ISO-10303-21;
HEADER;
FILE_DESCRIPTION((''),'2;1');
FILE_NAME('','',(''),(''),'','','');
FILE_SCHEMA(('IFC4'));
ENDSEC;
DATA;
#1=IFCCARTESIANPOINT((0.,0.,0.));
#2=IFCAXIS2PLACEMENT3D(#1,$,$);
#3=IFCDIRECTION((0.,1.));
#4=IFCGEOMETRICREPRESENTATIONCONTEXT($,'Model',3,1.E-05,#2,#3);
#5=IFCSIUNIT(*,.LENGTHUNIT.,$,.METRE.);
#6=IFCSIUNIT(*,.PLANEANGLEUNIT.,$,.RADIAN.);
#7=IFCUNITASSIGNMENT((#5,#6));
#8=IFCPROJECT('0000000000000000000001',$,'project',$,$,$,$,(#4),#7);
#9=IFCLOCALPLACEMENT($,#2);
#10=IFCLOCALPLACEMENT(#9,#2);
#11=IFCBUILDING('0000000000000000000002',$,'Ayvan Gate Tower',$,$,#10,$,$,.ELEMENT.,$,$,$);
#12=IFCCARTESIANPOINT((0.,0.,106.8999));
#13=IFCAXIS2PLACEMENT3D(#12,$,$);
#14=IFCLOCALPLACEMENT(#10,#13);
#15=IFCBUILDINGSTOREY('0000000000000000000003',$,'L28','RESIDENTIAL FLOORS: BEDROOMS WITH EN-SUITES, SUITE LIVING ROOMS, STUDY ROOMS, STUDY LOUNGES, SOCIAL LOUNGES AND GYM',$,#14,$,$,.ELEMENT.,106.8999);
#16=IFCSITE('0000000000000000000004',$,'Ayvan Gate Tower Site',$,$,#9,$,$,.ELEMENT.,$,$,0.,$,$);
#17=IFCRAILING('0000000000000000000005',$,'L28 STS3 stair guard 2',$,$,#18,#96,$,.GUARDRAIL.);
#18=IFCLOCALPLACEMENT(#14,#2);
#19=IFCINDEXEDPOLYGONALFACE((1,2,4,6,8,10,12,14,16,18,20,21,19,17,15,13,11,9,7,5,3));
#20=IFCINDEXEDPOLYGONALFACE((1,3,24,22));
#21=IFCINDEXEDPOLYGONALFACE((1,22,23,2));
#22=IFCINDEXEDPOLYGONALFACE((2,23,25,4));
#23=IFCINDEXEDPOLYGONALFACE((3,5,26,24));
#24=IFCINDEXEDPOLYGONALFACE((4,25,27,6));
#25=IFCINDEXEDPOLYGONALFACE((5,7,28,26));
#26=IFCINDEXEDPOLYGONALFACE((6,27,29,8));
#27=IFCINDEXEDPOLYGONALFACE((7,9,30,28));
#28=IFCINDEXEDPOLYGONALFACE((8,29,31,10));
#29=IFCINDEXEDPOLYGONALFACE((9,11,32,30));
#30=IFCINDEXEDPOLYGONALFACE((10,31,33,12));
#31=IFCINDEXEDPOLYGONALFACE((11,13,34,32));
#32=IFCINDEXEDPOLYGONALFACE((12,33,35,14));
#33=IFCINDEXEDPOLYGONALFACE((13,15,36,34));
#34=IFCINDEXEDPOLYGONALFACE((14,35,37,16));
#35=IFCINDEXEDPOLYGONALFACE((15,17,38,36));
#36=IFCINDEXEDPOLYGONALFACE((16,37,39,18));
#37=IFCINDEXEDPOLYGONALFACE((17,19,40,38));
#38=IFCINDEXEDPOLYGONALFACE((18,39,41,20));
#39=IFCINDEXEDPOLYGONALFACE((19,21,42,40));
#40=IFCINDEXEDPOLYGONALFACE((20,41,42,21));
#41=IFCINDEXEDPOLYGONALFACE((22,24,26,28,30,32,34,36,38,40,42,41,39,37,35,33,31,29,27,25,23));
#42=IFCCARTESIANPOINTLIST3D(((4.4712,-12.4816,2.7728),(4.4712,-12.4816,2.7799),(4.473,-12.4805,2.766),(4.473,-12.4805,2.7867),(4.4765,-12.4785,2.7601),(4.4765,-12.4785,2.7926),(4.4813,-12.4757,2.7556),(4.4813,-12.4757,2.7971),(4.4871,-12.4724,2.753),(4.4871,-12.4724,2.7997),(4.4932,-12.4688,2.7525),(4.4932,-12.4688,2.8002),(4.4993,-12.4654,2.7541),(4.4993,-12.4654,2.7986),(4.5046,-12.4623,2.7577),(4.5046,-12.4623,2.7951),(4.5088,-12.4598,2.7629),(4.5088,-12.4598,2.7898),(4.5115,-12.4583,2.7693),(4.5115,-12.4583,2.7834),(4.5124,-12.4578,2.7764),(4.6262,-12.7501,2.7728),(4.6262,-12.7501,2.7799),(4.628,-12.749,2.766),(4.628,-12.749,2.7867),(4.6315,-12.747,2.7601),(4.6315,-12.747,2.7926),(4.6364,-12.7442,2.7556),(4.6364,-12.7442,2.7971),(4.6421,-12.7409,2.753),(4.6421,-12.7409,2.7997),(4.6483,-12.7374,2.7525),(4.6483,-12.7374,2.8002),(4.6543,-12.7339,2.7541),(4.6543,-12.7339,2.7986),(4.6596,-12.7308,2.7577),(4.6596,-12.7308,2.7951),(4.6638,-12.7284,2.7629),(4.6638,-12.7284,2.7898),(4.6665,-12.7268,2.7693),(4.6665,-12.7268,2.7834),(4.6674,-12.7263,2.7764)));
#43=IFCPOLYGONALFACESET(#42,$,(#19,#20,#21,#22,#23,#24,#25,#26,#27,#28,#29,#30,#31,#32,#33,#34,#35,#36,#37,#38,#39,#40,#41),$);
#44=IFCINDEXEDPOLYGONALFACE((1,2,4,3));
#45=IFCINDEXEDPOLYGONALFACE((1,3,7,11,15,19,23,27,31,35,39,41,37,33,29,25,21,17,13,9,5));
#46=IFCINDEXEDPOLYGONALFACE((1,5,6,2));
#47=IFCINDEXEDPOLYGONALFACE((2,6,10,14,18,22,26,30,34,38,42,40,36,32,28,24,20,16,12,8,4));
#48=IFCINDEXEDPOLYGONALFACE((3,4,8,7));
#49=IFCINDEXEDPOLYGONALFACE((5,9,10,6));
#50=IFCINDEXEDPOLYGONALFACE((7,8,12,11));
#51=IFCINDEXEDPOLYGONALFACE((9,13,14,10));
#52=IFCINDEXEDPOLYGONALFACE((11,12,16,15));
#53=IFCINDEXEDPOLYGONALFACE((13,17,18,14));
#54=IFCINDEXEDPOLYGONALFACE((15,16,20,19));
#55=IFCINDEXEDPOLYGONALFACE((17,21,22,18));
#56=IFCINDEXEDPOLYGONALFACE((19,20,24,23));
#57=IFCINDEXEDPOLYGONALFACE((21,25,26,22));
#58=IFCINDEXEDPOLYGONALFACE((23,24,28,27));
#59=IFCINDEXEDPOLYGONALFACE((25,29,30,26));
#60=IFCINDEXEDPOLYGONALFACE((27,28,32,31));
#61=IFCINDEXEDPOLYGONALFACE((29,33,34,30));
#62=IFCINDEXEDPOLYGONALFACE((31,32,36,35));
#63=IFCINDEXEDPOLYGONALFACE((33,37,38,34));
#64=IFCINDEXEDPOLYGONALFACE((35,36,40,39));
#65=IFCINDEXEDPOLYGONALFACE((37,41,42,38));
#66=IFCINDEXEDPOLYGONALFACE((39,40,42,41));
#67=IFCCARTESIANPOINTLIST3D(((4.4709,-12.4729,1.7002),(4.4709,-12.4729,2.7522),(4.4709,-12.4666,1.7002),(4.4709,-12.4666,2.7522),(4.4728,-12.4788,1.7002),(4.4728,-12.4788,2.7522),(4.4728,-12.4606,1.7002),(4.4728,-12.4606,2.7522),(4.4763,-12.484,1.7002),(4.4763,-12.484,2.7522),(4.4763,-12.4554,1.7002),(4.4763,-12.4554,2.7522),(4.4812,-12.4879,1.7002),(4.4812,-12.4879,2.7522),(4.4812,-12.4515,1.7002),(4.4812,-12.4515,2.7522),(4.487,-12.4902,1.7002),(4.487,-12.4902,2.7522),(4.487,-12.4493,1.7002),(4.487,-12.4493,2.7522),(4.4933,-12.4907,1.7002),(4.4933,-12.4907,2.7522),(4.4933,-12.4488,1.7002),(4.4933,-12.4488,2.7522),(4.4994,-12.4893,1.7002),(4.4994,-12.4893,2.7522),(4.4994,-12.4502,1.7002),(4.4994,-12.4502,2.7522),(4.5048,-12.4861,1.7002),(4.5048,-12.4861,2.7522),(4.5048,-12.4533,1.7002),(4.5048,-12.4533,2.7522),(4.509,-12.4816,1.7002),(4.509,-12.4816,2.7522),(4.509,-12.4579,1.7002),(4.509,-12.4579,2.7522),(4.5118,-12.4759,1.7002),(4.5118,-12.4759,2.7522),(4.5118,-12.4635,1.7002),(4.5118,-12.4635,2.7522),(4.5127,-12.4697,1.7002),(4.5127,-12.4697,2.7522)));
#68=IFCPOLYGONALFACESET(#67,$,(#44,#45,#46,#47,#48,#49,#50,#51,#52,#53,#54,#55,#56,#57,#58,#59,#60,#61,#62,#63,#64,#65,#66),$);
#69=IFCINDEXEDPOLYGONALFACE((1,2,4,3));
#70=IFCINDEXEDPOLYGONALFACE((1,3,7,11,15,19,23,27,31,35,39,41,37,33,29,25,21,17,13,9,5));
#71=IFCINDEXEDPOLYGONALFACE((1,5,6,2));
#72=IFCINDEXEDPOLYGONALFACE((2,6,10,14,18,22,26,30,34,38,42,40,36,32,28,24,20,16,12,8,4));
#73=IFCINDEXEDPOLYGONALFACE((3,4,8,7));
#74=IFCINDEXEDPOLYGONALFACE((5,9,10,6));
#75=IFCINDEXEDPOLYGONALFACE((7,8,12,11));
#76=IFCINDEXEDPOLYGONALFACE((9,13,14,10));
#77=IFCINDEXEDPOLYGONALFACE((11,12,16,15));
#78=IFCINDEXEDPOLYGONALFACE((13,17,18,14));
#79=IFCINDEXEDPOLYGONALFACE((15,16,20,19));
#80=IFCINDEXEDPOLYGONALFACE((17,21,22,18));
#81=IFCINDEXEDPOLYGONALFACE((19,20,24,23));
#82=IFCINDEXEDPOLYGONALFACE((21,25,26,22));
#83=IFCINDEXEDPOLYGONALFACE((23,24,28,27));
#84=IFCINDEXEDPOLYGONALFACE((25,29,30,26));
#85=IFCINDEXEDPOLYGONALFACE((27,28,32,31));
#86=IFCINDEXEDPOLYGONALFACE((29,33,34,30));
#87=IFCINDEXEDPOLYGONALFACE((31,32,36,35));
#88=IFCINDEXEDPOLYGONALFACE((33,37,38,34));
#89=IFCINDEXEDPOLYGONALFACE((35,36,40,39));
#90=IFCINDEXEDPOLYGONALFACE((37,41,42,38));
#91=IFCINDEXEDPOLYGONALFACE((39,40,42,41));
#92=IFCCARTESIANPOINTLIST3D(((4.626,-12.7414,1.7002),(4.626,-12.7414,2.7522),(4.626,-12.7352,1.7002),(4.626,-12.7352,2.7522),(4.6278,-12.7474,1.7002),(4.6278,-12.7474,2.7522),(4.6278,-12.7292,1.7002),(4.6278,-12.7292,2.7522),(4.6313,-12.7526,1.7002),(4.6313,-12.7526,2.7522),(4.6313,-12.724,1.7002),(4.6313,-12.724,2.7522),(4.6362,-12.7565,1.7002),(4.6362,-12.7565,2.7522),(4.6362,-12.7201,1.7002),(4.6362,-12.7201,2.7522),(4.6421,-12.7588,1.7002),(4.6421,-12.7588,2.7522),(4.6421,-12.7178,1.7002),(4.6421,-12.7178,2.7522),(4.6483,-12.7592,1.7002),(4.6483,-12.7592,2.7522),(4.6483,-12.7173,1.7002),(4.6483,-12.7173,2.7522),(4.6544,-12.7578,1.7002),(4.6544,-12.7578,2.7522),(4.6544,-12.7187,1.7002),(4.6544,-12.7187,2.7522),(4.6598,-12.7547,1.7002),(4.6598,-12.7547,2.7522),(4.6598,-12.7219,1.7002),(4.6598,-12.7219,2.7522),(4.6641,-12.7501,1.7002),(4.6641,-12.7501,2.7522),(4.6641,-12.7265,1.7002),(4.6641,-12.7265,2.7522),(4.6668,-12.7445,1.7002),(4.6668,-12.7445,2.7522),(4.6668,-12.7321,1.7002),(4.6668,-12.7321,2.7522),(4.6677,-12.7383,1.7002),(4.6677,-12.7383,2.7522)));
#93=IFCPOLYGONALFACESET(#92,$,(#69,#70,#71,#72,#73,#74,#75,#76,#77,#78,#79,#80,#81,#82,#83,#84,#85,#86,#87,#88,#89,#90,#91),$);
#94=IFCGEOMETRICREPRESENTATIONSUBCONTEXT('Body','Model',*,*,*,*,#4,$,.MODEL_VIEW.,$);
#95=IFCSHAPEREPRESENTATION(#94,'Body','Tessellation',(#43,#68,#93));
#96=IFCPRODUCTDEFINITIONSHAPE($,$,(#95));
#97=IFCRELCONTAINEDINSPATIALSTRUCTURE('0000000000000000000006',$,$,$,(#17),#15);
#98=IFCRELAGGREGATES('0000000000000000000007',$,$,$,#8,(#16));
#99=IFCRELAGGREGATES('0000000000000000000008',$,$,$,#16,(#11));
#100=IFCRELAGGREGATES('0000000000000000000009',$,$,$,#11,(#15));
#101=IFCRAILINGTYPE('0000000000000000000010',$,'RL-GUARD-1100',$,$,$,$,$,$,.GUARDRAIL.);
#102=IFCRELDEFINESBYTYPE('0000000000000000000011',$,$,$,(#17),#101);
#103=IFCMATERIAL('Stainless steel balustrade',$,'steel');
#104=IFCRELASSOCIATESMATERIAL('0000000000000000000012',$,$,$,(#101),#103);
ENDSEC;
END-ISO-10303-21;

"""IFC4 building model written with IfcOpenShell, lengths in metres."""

from ifc_helpers import new_model, si_unit, direction, frame, origin, origin_2d, place, context, subcontext, project, spatial, circle, extrude, material, type_object, element, save


model = new_model("IFC4")

# Units and contexts
model_context = context("Model", 3, precision=1e-05, world=origin(), true_north=direction((0.0, 1.0)))
body_context = subcontext(model_context, "Body", "Model", "MODEL_VIEW")
ifc_project = project(units=[si_unit("LENGTHUNIT", "METRE"), si_unit("PLANEANGLEUNIT", "RADIAN")], contexts=[model_context])

# Site, building, storey
site_placement = place(None, origin())
site = spatial("IfcSite", under=ifc_project, at=site_placement, Name="Ayvan Gate Tower Site", CompositionType="ELEMENT", RefElevation=0.0)
building_placement = place(site_placement, origin())
building = spatial("IfcBuilding", under=site, at=building_placement, Name="Ayvan Gate Tower", CompositionType="ELEMENT")
storey_placement = place(building_placement, frame((0.0, 0.0, 106.8999)))
storey = spatial("IfcBuildingStorey", under=building, at=storey_placement, Name="L28", Description="RESIDENTIAL FLOORS: BEDROOMS WITH EN-SUITES, SUITE LIVING ROOMS, STUDY ROOMS, STUDY LOUNGES, SOCIAL LOUNGES AND GYM", CompositionType="ELEMENT", Elevation=106.8999)

# Railing
ifc_material_1 = material(Name="Stainless steel balustrade", Category="steel")
railing_type_1 = type_object("IfcRailingType", Name="RL-GUARD-1100", PredefinedType="GUARDRAIL", material=ifc_material_1)
railing_1_placement = place(storey_placement, frame((4.4917, -12.4697, 1.7002)))
element("IfcRailing", 1, at=railing_1_placement, inside=storey, type_object=railing_type_1, Name="L28 STS3 stair guard 2", PredefinedType="GUARDRAIL", context=body_context, shape_type="SweptSolid", body=[
    extrude(circle(Radius=0.0239, at=origin_2d()), frame((0.0, 0.0, 1.0762), z_axis=(0.49995, -0.866054, 0.0), x_axis=(0.866054, 0.49995, 0.0)), (0.0, 0.0, 1.0), 0.3101),
    extrude(circle(Radius=0.021, at=origin_2d()), origin(), (0.0, 0.0, 1.0), 1.052),
    extrude(circle(Radius=0.021, at=origin_2d()), frame((0.155, -0.2686, 0.0)), (0.0, 0.0, 1.0), 1.052),
])

save(model, "model.ifc")
